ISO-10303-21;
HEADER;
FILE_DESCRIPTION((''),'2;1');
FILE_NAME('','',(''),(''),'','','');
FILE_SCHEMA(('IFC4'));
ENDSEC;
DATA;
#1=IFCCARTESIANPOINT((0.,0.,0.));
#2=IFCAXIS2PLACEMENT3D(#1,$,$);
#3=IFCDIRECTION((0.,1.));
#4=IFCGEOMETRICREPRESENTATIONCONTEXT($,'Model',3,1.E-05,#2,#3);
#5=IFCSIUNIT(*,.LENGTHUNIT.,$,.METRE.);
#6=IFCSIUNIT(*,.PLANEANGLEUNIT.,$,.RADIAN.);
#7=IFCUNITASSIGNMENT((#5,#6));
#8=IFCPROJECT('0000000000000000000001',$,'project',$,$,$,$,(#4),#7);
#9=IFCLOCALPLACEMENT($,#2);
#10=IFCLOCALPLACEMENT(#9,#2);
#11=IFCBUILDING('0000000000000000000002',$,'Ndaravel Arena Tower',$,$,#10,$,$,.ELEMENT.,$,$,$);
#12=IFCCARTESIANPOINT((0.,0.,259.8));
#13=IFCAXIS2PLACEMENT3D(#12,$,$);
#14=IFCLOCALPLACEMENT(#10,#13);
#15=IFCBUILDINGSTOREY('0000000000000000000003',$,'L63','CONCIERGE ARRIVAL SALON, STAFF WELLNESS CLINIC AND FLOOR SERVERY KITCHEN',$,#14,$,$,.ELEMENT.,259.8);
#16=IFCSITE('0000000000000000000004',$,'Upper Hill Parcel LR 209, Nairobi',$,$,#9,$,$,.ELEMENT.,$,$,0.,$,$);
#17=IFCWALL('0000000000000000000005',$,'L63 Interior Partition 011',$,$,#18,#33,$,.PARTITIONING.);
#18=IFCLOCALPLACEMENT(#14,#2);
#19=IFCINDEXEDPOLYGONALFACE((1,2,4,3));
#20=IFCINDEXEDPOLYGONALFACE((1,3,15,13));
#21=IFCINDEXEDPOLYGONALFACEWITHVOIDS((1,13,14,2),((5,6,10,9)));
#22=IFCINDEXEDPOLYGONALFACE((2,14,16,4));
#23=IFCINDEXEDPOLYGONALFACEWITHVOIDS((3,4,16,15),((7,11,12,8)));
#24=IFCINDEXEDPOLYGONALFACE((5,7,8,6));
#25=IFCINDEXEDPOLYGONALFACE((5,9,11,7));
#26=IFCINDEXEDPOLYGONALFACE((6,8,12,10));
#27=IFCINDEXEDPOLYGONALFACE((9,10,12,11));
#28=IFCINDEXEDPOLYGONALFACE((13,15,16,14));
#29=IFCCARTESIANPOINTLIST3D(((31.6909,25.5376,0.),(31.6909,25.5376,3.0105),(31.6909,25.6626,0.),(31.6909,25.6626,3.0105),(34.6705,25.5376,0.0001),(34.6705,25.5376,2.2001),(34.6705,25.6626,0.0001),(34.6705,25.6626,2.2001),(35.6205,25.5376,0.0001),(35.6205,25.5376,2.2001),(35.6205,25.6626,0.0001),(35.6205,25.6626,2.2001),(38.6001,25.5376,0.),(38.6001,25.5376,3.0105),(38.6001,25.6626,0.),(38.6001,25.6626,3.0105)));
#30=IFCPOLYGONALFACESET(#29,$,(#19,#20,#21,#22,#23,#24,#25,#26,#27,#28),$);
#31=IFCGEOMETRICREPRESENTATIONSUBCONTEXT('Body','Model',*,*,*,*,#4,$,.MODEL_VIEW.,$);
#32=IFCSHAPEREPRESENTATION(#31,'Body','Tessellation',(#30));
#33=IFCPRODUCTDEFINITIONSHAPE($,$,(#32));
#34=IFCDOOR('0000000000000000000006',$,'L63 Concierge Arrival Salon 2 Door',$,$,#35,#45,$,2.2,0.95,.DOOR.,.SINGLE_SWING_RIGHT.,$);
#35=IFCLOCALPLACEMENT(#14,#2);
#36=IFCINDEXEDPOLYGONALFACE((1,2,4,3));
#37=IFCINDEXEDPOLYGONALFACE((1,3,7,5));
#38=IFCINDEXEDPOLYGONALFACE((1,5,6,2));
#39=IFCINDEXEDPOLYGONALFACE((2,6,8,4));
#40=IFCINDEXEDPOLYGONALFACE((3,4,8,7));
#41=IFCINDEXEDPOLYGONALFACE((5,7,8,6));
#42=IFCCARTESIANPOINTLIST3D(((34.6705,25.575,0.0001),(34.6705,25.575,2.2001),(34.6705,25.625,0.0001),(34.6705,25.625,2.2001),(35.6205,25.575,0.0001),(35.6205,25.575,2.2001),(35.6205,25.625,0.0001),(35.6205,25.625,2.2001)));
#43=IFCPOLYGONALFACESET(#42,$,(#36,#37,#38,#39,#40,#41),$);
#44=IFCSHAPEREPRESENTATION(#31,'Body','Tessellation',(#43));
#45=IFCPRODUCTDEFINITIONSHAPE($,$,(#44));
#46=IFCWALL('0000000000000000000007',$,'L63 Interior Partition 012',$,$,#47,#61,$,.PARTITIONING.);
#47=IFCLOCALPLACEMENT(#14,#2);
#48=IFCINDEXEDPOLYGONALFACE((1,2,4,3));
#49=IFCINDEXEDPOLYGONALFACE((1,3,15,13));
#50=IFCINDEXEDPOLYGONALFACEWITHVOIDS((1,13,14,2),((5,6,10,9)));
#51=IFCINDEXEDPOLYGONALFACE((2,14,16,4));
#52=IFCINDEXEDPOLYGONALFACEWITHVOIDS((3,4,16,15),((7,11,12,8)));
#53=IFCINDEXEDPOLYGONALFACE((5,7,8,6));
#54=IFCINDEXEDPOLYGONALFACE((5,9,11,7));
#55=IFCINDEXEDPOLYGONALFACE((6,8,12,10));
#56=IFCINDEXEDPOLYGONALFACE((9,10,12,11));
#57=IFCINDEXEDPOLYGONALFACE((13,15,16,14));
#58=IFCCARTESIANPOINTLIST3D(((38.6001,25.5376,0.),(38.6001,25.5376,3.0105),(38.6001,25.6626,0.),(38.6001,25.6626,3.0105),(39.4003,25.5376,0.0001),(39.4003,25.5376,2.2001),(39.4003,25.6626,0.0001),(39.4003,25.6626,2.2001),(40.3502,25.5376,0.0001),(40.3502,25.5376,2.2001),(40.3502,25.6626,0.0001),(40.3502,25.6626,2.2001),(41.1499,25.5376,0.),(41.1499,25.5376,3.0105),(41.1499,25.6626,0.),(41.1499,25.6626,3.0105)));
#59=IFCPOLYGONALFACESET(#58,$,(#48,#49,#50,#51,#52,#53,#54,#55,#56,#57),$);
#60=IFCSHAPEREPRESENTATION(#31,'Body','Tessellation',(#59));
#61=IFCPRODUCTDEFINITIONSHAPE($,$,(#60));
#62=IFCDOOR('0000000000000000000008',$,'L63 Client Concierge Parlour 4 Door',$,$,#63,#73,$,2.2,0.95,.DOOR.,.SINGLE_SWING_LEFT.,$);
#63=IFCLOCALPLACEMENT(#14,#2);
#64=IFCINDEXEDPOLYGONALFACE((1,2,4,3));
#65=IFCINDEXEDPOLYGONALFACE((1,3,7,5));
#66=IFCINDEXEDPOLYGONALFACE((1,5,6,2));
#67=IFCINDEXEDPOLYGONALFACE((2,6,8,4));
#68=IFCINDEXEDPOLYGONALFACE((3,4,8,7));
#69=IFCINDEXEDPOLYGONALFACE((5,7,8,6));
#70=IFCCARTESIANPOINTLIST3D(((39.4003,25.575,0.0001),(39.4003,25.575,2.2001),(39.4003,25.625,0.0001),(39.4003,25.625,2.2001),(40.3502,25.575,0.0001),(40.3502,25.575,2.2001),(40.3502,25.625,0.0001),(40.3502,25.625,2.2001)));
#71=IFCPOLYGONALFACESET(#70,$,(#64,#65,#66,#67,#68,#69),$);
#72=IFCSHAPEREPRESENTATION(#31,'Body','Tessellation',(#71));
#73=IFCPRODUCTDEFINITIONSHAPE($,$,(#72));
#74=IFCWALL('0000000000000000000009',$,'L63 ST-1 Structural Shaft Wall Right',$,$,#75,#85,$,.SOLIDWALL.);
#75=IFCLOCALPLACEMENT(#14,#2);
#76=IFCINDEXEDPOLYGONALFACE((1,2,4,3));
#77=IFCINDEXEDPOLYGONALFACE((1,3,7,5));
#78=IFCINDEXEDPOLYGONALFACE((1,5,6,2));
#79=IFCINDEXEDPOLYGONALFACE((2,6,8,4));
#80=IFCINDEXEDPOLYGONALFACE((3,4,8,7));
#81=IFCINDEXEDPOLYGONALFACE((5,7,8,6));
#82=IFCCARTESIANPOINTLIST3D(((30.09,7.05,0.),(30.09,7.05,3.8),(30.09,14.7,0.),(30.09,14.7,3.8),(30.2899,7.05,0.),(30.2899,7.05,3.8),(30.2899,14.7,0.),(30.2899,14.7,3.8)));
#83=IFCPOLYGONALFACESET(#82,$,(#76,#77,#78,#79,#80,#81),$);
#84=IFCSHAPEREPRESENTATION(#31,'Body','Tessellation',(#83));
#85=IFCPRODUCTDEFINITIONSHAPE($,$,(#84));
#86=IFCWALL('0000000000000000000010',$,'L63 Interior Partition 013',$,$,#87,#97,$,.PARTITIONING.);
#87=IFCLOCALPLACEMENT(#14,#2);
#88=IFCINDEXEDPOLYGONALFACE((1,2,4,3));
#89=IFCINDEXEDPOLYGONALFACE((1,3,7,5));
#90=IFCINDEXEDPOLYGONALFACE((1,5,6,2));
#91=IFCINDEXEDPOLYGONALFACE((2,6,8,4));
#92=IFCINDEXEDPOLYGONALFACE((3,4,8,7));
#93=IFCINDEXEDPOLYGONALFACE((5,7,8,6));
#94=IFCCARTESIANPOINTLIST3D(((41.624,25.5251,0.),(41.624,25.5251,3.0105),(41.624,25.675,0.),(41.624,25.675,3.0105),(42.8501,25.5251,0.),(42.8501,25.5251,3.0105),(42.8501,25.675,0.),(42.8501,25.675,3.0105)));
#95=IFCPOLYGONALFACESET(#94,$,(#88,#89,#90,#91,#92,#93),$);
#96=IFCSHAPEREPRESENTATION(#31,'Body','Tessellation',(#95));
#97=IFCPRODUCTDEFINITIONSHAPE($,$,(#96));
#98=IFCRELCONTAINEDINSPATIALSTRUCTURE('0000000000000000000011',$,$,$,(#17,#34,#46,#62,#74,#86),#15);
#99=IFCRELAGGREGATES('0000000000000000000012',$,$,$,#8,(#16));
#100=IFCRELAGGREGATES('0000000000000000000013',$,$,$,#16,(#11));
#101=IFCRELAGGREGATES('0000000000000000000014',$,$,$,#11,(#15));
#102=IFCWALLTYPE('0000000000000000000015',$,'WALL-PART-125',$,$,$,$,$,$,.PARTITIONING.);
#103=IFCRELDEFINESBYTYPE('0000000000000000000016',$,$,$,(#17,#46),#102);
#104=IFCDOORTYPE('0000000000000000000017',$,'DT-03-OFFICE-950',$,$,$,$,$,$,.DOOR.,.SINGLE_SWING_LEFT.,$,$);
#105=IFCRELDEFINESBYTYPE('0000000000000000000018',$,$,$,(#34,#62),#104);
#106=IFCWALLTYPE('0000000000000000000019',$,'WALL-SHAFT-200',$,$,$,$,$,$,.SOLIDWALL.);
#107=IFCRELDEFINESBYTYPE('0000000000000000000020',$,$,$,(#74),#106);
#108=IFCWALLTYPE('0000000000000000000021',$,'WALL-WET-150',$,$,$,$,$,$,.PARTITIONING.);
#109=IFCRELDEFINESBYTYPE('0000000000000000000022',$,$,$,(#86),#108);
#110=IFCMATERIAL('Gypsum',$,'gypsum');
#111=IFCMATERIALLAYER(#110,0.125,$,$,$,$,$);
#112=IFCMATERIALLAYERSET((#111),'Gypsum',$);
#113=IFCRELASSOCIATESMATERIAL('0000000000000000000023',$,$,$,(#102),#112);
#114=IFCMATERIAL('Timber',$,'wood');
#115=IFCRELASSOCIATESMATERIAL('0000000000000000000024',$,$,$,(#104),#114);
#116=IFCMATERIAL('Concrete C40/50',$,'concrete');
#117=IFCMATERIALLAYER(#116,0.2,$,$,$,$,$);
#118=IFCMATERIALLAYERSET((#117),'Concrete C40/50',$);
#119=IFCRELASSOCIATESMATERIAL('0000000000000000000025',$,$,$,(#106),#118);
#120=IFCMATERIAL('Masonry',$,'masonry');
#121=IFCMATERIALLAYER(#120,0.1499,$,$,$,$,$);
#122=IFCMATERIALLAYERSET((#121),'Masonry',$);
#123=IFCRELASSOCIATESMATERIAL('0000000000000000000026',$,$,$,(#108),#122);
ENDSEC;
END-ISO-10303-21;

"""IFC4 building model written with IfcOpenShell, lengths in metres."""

from ifc_helpers import new_model, si_unit, direction, frame, frame_2d, origin, place, context, subcontext, project, spatial, rectangle, extrude, material, layer, layer_set, type_object, element, fill, save


model = new_model("IFC4")

# Units and contexts
model_context = context("Model", 3, precision=1e-05, world=origin(), true_north=direction((0.0, 1.0)))
body_context = subcontext(model_context, "Body", "Model", "MODEL_VIEW")
ifc_project = project(units=[si_unit("LENGTHUNIT", "METRE"), si_unit("PLANEANGLEUNIT", "RADIAN")], contexts=[model_context])

# Site, building, storey
site_placement = place(None, origin())
site = spatial("IfcSite", under=ifc_project, at=site_placement, Name="Upper Hill Parcel LR 209, Nairobi", CompositionType="ELEMENT", RefElevation=0.0)
building_placement = place(site_placement, origin())
building = spatial("IfcBuilding", under=site, at=building_placement, Name="Ndaravel Arena Tower", CompositionType="ELEMENT")
storey_placement = place(building_placement, frame((0.0, 0.0, 259.8)))
storey = spatial("IfcBuildingStorey", under=building, at=storey_placement, Name="L63", Description="CONCIERGE ARRIVAL SALON, STAFF WELLNESS CLINIC AND FLOOR SERVERY KITCHEN", CompositionType="ELEMENT", Elevation=259.8)

# Shared definitions
ifc_material_1 = material(Name="Gypsum", Category="gypsum")
ifc_layer_1 = layer(ifc_material_1, 0.125)
ifc_layer_set_1 = layer_set([ifc_layer_1], Name="Gypsum")
wall_type_1 = type_object("IfcWallType", Name="WALL-PART-125", PredefinedType="PARTITIONING", material=ifc_layer_set_1)

# Walls, openings, doors
wall_1_placement = place(storey_placement, frame((31.6909, 25.6001, 0.0), z_axis=(0.0, 0.0, 1.0), x_axis=(1.0, 0.0, 0.0)))
wall_1 = element("IfcWall", 1, at=wall_1_placement, inside=storey, type_object=wall_type_1, Name="L63 Interior Partition 011", PredefinedType="PARTITIONING", context=body_context, shape_type="SweptSolid", body=[
    extrude(rectangle(XDim=6.9092, YDim=0.125, at=frame_2d((3.4546, 0.0))), origin(), (0.0, 0.0, 1.0), 3.0105),
])
opening_1_placement = place(wall_1_placement, frame((2.9795, 0.0, 0.0)))
opening_1 = element("IfcOpeningElement", 2, at=opening_1_placement, cuts=wall_1, PredefinedType="OPENING", context=body_context, shape_type="SweptSolid", body=[
    extrude(rectangle(XDim=0.95, YDim=2.2, at=frame_2d((0.4751, 1.1001))), frame((0.0, 0.0625, 0.0), z_axis=(0.0, -1.0, 0.0), x_axis=(1.0, 0.0, 0.0)), (0.0, 0.0, 1.0), 0.125),
])
ifc_material_2 = material(Name="Timber", Category="wood")
door_type_1 = type_object("IfcDoorType", Name="DT-03-OFFICE-950", OperationType="SINGLE_SWING_LEFT", PredefinedType="DOOR", material=ifc_material_2)
door_1_placement = place(opening_1_placement, origin())
door_1 = element("IfcDoor", 3, at=door_1_placement, inside=storey, type_object=door_type_1, Name="L63 Concierge Arrival Salon 2 Door", OperationType="SINGLE_SWING_RIGHT", OverallHeight=2.2, OverallWidth=0.95, PredefinedType="DOOR", context=body_context, shape_type="SweptSolid", body=[
    extrude(rectangle(XDim=0.95, YDim=2.2, at=frame_2d((0.4751, 1.1001))), frame((0.0, 0.0249, 0.0), z_axis=(0.0, -1.0, 0.0), x_axis=(1.0, 0.0, 0.0)), (0.0, 0.0, 1.0), 0.05),
])
fill(opening_1, door_1)
wall_2_placement = place(storey_placement, frame((38.6001, 25.6001, 0.0), z_axis=(0.0, 0.0, 1.0), x_axis=(1.0, 0.0, 0.0)))
wall_2 = element("IfcWall", 4, at=wall_2_placement, inside=storey, type_object=wall_type_1, Name="L63 Interior Partition 012", PredefinedType="PARTITIONING", context=body_context, shape_type="SweptSolid", body=[
    extrude(rectangle(XDim=2.5498, YDim=0.125, at=frame_2d((1.2749, 0.0))), origin(), (0.0, 0.0, 1.0), 3.0105),
])
opening_2_placement = place(wall_2_placement, frame((0.8, 0.0, 0.0)))
opening_2 = element("IfcOpeningElement", 5, at=opening_2_placement, cuts=wall_2, PredefinedType="OPENING", context=body_context, shape_type="SweptSolid", body=[
    extrude(rectangle(XDim=0.95, YDim=2.2, at=frame_2d((0.4751, 1.1001))), frame((0.0, 0.0625, 0.0), z_axis=(0.0, -1.0, 0.0), x_axis=(1.0, 0.0, 0.0)), (0.0, 0.0, 1.0), 0.125),
])
door_2_placement = place(opening_2_placement, origin())
door_2 = element("IfcDoor", 6, at=door_2_placement, inside=storey, type_object=door_type_1, Name="L63 Client Concierge Parlour 4 Door", OperationType="SINGLE_SWING_LEFT", OverallHeight=2.2, OverallWidth=0.95, PredefinedType="DOOR", context=body_context, shape_type="SweptSolid", body=[
    extrude(rectangle(XDim=0.95, YDim=2.2, at=frame_2d((0.4751, 1.1001))), frame((0.0, 0.0249, 0.0), z_axis=(0.0, -1.0, 0.0), x_axis=(1.0, 0.0, 0.0)), (0.0, 0.0, 1.0), 0.05),
])
fill(opening_2, door_2)

# Wall
ifc_material_3 = material(Name="Concrete C40/50", Category="concrete")
ifc_layer_2 = layer(ifc_material_3, 0.2)
ifc_layer_set_2 = layer_set([ifc_layer_2], Name="Concrete C40/50")
wall_type_2 = type_object("IfcWallType", Name="WALL-SHAFT-200", PredefinedType="SOLIDWALL", material=ifc_layer_set_2)
wall_3_placement = place(storey_placement, frame((30.1899, 14.7, 0.0), z_axis=(0.0, 0.0, 1.0), x_axis=(0.0, -1.0, 0.0)))
element("IfcWall", 7, at=wall_3_placement, inside=storey, type_object=wall_type_2, Name="L63 ST-1 Structural Shaft Wall Right", PredefinedType="SOLIDWALL", context=body_context, shape_type="SweptSolid", body=[
    extrude(rectangle(XDim=7.6499, YDim=0.2, at=frame_2d((3.825, 0.0))), origin(), (0.0, 0.0, 1.0), 3.8),
])

# Shared definitions
ifc_material_4 = material(Name="Masonry", Category="masonry")
ifc_layer_3 = layer(ifc_material_4, 0.1499)
ifc_layer_set_3 = layer_set([ifc_layer_3], Name="Masonry")
wall_type_3 = type_object("IfcWallType", Name="WALL-WET-150", PredefinedType="PARTITIONING", material=ifc_layer_set_3)

# Wall
wall_4_placement = place(storey_placement, frame((41.624, 25.6001, 0.0), z_axis=(0.0, 0.0, 1.0), x_axis=(1.0, 0.0, 0.0)))
element("IfcWall", 8, at=wall_4_placement, inside=storey, type_object=wall_type_3, Name="L63 Interior Partition 013", PredefinedType="PARTITIONING", context=body_context, shape_type="SweptSolid", body=[
    extrude(rectangle(XDim=1.2261, YDim=0.1499, at=frame_2d((0.613, 0.0))), origin(), (0.0, 0.0, 1.0), 3.0105),
])

save(model, "model.ifc")
